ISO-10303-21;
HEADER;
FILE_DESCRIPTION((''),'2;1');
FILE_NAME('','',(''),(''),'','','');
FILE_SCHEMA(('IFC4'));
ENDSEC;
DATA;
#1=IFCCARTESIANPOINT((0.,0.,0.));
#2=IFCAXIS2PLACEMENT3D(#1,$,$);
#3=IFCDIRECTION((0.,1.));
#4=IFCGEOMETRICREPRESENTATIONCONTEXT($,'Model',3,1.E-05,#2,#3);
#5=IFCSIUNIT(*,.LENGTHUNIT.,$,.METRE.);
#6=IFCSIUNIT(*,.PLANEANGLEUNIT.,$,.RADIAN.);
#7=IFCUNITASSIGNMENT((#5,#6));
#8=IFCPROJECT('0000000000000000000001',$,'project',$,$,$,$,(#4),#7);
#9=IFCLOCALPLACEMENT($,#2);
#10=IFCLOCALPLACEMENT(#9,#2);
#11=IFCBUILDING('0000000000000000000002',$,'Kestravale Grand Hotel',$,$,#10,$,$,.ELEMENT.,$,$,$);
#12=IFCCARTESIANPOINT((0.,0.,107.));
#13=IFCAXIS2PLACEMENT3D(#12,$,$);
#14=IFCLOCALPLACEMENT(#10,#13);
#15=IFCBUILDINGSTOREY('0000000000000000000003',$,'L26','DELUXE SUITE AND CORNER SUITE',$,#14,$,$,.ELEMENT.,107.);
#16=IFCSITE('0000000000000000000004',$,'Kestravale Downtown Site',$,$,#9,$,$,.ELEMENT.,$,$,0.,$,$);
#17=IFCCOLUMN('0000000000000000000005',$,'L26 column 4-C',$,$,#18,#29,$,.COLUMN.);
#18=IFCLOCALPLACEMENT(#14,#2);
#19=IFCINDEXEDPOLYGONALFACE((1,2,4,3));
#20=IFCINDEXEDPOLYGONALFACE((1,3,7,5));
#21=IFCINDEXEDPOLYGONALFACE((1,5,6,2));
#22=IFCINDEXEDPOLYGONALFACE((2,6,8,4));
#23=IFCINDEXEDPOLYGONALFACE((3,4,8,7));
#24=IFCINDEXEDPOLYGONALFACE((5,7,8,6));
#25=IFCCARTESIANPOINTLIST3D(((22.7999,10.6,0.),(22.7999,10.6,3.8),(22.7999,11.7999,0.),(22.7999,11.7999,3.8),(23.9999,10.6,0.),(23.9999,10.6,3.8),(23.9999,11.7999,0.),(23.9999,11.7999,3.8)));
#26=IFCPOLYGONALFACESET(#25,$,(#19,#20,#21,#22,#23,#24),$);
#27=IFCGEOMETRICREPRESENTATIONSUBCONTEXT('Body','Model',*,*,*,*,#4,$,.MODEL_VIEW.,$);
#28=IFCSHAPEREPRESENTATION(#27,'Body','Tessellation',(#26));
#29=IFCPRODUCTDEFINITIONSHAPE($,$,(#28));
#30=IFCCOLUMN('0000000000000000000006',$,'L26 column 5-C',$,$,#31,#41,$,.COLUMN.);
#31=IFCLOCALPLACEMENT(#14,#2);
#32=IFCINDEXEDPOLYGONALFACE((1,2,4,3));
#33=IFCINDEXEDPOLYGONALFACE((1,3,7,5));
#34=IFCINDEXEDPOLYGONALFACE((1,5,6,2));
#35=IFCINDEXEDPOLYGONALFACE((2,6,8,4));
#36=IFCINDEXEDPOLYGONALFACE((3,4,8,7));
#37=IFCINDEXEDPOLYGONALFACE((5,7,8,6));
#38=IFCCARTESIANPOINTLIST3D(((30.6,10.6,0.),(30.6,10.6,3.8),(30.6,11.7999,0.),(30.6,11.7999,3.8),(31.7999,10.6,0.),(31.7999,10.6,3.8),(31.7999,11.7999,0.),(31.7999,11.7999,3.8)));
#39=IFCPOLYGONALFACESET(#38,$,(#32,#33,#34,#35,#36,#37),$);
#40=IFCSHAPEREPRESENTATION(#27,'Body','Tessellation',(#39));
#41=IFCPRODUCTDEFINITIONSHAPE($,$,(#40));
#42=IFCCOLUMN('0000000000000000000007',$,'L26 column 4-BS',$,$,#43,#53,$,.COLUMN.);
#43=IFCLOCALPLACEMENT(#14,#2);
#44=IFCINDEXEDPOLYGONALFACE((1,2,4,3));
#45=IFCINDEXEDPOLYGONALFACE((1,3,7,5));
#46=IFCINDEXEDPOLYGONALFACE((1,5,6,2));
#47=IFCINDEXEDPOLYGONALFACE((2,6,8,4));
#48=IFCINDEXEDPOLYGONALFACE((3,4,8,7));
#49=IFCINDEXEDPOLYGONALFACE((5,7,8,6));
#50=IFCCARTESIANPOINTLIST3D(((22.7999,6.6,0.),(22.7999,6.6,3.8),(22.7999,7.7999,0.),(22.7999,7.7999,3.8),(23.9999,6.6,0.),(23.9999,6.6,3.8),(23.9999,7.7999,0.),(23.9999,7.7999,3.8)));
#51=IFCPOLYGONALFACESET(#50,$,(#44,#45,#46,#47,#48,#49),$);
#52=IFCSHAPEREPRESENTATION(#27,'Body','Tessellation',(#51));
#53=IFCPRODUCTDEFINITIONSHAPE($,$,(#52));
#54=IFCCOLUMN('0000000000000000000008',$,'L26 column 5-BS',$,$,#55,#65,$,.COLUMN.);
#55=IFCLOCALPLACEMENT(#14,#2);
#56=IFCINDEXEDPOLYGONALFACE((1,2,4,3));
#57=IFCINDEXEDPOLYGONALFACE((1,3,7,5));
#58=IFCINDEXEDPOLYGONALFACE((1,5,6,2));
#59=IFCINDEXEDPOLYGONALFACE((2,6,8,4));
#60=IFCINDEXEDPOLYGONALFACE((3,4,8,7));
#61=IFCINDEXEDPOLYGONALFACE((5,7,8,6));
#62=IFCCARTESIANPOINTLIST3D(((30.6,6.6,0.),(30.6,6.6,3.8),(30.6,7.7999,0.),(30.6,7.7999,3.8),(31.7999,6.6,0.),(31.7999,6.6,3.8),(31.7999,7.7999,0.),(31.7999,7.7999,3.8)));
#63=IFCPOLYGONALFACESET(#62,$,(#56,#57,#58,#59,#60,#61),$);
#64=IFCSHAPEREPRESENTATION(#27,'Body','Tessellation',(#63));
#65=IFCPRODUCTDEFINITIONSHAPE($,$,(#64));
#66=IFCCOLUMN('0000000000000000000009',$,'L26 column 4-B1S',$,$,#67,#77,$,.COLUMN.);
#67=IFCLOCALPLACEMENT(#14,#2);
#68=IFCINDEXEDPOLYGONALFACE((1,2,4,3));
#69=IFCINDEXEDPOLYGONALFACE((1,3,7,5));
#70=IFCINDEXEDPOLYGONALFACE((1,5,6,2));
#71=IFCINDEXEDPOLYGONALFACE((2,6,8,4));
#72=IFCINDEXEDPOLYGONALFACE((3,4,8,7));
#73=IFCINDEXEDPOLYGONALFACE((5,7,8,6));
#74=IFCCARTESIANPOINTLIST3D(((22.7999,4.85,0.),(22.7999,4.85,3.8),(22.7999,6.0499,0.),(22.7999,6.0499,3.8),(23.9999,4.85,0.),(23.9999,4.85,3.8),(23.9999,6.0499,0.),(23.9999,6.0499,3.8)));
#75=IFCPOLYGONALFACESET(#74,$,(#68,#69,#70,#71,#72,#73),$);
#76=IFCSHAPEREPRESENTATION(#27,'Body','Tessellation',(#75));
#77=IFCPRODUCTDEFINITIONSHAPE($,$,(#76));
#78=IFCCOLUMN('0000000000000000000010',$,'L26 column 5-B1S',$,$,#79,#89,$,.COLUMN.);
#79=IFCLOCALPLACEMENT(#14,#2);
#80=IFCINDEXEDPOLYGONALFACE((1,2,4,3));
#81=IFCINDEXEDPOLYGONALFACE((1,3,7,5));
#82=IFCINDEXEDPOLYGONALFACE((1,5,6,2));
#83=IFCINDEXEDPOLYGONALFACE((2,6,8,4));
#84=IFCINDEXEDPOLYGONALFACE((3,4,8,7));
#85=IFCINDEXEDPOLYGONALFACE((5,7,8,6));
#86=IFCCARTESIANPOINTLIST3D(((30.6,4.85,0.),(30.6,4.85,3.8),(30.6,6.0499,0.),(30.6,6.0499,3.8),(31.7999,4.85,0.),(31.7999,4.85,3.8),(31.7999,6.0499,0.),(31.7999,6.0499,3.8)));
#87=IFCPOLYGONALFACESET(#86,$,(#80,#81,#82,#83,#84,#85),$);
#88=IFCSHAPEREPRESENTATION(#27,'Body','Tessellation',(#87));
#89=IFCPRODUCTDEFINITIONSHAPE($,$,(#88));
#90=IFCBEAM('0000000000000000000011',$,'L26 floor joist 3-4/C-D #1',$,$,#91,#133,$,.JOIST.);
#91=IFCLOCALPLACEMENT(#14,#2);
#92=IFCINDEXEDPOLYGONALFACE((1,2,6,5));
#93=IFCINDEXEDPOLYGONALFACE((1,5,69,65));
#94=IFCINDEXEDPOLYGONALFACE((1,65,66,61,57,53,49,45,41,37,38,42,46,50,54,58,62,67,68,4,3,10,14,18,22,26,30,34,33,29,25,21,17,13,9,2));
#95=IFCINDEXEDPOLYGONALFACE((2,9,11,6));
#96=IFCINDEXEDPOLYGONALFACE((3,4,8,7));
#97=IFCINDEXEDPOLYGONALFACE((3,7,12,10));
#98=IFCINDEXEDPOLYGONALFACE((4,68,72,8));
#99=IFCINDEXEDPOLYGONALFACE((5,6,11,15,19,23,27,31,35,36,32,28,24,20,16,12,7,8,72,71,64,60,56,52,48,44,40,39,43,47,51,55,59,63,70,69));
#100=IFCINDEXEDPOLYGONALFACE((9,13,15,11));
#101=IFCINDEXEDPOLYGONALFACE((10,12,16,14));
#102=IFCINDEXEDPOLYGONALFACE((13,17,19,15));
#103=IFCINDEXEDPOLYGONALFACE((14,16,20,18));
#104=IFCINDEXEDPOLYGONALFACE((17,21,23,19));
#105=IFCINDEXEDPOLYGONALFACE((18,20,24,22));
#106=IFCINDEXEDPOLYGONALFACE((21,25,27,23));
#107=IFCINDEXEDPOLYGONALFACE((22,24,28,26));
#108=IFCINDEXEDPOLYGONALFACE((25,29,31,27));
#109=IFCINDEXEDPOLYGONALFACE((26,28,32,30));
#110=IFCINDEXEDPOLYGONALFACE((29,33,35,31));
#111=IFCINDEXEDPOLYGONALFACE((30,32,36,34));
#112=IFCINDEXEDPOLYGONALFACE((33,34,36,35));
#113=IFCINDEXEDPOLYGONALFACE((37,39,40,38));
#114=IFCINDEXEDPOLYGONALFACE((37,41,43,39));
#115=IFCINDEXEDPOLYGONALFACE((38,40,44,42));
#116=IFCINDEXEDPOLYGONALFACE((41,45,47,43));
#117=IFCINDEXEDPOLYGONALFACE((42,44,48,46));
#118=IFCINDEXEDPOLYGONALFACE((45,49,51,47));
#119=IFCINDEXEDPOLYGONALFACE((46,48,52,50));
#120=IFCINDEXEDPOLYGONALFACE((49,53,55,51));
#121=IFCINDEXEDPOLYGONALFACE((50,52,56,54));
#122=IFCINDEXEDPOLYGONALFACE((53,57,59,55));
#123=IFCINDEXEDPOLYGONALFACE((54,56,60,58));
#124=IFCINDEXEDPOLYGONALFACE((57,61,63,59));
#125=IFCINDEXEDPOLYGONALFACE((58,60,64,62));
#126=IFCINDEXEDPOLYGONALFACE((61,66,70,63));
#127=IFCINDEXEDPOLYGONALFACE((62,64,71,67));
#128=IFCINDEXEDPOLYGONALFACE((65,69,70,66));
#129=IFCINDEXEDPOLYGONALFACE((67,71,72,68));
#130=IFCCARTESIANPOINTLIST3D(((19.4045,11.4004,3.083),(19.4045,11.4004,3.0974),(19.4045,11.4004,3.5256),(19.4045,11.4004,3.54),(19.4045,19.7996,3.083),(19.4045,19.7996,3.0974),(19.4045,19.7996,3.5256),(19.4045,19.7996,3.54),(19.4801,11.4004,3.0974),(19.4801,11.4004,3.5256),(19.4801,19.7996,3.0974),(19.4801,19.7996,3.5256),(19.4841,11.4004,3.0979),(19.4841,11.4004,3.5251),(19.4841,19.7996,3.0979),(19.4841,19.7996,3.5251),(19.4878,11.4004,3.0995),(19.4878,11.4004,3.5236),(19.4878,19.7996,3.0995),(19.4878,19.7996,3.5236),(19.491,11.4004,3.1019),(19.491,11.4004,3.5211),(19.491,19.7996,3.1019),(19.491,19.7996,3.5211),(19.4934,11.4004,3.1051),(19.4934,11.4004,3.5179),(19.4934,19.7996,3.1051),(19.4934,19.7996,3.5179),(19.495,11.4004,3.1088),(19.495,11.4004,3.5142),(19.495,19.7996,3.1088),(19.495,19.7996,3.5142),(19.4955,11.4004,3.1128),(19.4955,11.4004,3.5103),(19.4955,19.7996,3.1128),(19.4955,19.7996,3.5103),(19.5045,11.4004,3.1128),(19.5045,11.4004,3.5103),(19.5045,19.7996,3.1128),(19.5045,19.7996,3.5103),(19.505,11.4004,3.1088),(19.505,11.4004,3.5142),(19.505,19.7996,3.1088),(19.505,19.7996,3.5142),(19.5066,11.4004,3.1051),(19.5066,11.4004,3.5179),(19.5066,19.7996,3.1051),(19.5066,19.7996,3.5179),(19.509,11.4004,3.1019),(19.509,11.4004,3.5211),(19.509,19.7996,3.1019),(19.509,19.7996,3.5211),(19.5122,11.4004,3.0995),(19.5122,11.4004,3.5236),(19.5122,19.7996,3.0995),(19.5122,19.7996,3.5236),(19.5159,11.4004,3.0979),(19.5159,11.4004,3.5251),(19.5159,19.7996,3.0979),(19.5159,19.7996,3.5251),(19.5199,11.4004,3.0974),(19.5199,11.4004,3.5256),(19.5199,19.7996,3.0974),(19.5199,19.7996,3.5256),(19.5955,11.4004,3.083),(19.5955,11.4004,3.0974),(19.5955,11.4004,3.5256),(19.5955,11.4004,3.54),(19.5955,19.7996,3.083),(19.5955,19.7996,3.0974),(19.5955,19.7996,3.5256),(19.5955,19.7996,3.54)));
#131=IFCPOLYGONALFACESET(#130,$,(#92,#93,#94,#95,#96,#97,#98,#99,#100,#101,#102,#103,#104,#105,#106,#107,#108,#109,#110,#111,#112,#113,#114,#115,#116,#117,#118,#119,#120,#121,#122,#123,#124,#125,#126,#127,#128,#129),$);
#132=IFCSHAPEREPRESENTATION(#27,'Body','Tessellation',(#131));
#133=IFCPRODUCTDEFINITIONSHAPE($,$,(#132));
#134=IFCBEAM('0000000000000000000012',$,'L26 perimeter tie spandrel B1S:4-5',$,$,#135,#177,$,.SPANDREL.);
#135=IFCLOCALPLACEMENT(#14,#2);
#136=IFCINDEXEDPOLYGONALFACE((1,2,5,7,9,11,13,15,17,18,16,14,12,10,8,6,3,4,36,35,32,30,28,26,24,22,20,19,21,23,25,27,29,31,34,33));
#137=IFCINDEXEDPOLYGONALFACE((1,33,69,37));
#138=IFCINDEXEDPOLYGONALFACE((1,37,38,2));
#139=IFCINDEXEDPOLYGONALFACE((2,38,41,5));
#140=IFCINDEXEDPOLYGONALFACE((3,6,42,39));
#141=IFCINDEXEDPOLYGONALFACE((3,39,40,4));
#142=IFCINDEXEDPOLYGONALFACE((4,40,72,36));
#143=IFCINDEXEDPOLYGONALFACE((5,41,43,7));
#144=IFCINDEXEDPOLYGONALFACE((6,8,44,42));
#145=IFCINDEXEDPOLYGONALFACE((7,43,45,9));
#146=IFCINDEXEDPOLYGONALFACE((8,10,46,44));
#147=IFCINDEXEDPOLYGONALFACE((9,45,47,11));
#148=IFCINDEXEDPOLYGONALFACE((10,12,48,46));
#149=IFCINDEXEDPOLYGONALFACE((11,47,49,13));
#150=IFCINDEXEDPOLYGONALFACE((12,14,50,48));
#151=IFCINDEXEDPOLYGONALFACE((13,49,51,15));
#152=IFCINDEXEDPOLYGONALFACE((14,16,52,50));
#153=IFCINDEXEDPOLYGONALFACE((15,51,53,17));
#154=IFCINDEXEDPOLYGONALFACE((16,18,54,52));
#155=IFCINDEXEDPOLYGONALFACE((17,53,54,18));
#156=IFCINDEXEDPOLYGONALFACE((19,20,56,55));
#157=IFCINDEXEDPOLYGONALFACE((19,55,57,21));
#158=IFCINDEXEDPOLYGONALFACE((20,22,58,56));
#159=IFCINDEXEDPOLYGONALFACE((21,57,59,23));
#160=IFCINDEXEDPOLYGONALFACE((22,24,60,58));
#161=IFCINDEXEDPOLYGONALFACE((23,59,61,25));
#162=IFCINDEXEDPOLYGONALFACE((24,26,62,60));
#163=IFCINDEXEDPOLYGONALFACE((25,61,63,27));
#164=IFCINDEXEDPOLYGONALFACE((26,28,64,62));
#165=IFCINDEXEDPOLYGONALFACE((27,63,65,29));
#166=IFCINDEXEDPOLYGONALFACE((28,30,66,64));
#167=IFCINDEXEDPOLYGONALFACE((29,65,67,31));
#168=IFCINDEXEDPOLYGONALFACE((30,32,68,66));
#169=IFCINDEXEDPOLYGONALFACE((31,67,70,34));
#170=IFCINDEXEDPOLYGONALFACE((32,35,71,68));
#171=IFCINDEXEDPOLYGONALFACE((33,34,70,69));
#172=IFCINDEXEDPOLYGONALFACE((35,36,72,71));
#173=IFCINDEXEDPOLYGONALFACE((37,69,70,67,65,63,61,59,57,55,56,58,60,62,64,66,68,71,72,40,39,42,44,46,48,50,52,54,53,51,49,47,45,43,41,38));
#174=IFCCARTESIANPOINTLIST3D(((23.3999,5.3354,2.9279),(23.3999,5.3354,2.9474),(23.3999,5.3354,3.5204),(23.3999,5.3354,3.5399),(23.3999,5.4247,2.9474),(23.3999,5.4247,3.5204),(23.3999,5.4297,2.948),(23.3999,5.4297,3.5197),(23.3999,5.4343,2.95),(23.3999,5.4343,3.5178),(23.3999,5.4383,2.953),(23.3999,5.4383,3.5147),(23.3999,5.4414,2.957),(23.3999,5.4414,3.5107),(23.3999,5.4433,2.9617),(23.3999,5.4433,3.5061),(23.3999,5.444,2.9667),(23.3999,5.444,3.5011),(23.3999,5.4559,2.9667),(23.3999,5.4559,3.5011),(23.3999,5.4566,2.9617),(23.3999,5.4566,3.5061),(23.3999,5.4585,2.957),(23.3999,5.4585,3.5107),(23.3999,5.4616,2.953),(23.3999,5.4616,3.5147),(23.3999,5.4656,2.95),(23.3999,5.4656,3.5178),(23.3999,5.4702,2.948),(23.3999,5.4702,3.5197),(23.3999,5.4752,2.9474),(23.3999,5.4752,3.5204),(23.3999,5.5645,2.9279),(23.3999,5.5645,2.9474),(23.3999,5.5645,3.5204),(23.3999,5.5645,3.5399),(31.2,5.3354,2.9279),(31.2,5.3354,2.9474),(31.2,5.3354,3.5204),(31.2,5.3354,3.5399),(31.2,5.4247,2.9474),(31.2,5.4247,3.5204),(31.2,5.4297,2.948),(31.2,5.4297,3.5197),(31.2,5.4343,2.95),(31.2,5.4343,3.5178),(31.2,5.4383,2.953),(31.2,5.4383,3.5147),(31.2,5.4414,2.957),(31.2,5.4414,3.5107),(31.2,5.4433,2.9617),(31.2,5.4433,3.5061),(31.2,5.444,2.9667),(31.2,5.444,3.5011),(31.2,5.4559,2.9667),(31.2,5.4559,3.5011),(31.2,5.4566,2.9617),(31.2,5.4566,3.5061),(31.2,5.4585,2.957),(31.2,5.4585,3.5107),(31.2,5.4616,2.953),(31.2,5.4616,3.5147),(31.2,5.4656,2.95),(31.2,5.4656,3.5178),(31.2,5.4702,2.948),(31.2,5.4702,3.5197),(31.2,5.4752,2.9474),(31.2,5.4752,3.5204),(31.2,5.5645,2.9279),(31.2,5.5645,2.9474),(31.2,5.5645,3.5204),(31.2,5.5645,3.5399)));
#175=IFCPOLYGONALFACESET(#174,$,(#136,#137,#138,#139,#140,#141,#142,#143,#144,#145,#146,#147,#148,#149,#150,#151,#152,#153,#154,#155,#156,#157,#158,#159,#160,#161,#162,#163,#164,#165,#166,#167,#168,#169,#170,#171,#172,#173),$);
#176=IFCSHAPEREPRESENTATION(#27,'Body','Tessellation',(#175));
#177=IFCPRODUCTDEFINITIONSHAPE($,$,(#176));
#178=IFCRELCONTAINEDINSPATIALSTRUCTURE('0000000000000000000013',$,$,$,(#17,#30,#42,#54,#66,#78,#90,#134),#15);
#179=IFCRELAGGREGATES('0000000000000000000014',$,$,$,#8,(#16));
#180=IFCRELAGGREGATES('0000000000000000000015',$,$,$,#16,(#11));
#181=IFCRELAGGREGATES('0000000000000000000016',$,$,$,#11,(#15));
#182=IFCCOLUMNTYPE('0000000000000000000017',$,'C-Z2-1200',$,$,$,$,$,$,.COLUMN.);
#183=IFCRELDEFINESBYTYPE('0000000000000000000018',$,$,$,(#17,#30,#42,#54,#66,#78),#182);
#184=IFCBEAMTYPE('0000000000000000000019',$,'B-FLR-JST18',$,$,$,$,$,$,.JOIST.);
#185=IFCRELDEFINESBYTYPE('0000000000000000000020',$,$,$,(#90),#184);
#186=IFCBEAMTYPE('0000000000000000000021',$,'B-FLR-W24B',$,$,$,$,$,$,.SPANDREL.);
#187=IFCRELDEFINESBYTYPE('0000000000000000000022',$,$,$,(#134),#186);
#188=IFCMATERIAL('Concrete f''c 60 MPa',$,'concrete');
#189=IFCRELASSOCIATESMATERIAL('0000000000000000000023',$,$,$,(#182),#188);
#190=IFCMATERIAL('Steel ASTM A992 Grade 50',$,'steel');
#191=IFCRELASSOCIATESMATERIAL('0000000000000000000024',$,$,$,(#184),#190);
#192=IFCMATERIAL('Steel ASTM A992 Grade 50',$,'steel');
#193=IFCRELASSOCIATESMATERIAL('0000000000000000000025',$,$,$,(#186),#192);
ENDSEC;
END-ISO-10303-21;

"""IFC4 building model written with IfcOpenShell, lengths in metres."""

from ifc_helpers import new_model, si_unit, direction, frame, origin, origin_2d, place, context, subcontext, project, spatial, rectangle, i_section, extrude, material, material_profile, profile_set, type_object, element, save


model = new_model("IFC4")

# Units and contexts
model_context = context("Model", 3, precision=1e-05, world=origin(), true_north=direction((0.0, 1.0)))
body_context = subcontext(model_context, "Body", "Model", "MODEL_VIEW")
ifc_project = project(units=[si_unit("LENGTHUNIT", "METRE"), si_unit("PLANEANGLEUNIT", "RADIAN")], contexts=[model_context])

# Site, building, storey
site_placement = place(None, origin())
site = spatial("IfcSite", under=ifc_project, at=site_placement, Name="Kestravale Downtown Site", CompositionType="ELEMENT", RefElevation=0.0)
building_placement = place(site_placement, origin())
building = spatial("IfcBuilding", under=site, at=building_placement, Name="Kestravale Grand Hotel", CompositionType="ELEMENT")
storey_placement = place(building_placement, frame((0.0, 0.0, 107.0)))
storey = spatial("IfcBuildingStorey", under=building, at=storey_placement, Name="L26", Description="DELUXE SUITE AND CORNER SUITE", CompositionType="ELEMENT", Elevation=107.0)

# Columns
ifc_material_1 = material(Name="Concrete f'c 60 MPa", Category="concrete")
ifc_material_profile_1 = material_profile(ifc_material_1, rectangle(XDim=1.2, YDim=1.2, at=origin_2d()))
ifc_profile_set_1 = profile_set([ifc_material_profile_1], Name="Concrete f'c 60 MPa")
column_type = type_object("IfcColumnType", Name="C-Z2-1200", PredefinedType="COLUMN", material=ifc_profile_set_1)
for number, where, z_axis, x_axis, name in (
    (1, (23.3999, 11.2, 0.0), (0.0, 0.0, 1.0), (1.0, 0.0, 0.0), "L26 column 4-C"),
    (2, (31.2, 11.2, 0.0), (0.0, 0.0, 1.0), (1.0, 0.0, 0.0), "L26 column 5-C"),
    (3, (23.3999, 7.2, 0.0), (0.0, 0.0, 1.0), (1.0, 0.0, 0.0), "L26 column 4-BS"),
    (4, (31.2, 7.2, 0.0), (0.0, 0.0, 1.0), (1.0, 0.0, 0.0), "L26 column 5-BS"),
    (5, (23.3999, 5.45, 0.0), (0.0, 0.0, 1.0), (1.0, 0.0, 0.0), "L26 column 4-B1S"),
    (6, (31.2, 5.45, 0.0), (0.0, 0.0, 1.0), (1.0, 0.0, 0.0), "L26 column 5-B1S"),
):
    element("IfcColumn", number, at=place(storey_placement, frame(where, z_axis=z_axis, x_axis=x_axis)), inside=storey, type_object=column_type, Name=name, PredefinedType="COLUMN", context=body_context, shape_type="SweptSolid", body=[
        extrude(rectangle(XDim=1.2, YDim=1.2, at=origin_2d()), origin(), (0.0, 0.0, 1.0), 3.8),
    ])

# Beams
ifc_material_2 = material(Name="Steel ASTM A992 Grade 50", Category="steel")
ifc_material_profile_2 = material_profile(ifc_material_2, i_section(OverallWidth=0.1909, OverallDepth=0.457, WebThickness=0.009, FlangeThickness=0.0144, FilletRadius=0.0154, at=origin_2d()))
ifc_profile_set_2 = profile_set([ifc_material_profile_2], Name="Steel ASTM A992 Grade 50")
beam_type_1 = type_object("IfcBeamType", Name="B-FLR-JST18", PredefinedType="JOIST", material=ifc_profile_set_2)
beam_1_placement = place(storey_placement, frame((19.5, 11.4004, 3.3115), z_axis=(0.0, 1.0, 0.0), x_axis=(-1.0, 0.0, 0.0)))
element("IfcBeam", 7, at=beam_1_placement, inside=storey, type_object=beam_type_1, Name="L26 floor joist 3-4/C-D #1", PredefinedType="JOIST", context=body_context, shape_type="SweptSolid", body=[
    extrude(i_section(OverallWidth=0.1909, OverallDepth=0.457, WebThickness=0.009, FlangeThickness=0.0144, FilletRadius=0.0154, at=origin_2d()), origin(), (0.0, 0.0, 1.0), 8.3992),
])
ifc_material_3 = material(Name="Steel ASTM A992 Grade 50", Category="steel")
ifc_material_profile_3 = material_profile(ifc_material_3, i_section(OverallWidth=0.229, OverallDepth=0.6121, WebThickness=0.012, FlangeThickness=0.0195, FilletRadius=0.0193, at=origin_2d()))
ifc_profile_set_3 = profile_set([ifc_material_profile_3], Name="Steel ASTM A992 Grade 50")
beam_type_2 = type_object("IfcBeamType", Name="B-FLR-W24B", PredefinedType="SPANDREL", material=ifc_profile_set_3)
for number, where, z_axis, x_axis, name in (
    (8, (23.3999, 5.45, 3.2339), (1.0, 0.0, 0.0), (0.0, 1.0, 0.0), "L26 perimeter tie spandrel B1S:4-5"),
):
    element("IfcBeam", number, at=place(storey_placement, frame(where, z_axis=z_axis, x_axis=x_axis)), inside=storey, type_object=beam_type_2, Name=name, PredefinedType="SPANDREL", context=body_context, shape_type="SweptSolid", body=[
        extrude(i_section(OverallWidth=0.229, OverallDepth=0.6121, WebThickness=0.012, FlangeThickness=0.0195, FilletRadius=0.0193, at=origin_2d()), origin(), (0.0, 0.0, 1.0), 7.8),
    ])

save(model, "model.ifc")
